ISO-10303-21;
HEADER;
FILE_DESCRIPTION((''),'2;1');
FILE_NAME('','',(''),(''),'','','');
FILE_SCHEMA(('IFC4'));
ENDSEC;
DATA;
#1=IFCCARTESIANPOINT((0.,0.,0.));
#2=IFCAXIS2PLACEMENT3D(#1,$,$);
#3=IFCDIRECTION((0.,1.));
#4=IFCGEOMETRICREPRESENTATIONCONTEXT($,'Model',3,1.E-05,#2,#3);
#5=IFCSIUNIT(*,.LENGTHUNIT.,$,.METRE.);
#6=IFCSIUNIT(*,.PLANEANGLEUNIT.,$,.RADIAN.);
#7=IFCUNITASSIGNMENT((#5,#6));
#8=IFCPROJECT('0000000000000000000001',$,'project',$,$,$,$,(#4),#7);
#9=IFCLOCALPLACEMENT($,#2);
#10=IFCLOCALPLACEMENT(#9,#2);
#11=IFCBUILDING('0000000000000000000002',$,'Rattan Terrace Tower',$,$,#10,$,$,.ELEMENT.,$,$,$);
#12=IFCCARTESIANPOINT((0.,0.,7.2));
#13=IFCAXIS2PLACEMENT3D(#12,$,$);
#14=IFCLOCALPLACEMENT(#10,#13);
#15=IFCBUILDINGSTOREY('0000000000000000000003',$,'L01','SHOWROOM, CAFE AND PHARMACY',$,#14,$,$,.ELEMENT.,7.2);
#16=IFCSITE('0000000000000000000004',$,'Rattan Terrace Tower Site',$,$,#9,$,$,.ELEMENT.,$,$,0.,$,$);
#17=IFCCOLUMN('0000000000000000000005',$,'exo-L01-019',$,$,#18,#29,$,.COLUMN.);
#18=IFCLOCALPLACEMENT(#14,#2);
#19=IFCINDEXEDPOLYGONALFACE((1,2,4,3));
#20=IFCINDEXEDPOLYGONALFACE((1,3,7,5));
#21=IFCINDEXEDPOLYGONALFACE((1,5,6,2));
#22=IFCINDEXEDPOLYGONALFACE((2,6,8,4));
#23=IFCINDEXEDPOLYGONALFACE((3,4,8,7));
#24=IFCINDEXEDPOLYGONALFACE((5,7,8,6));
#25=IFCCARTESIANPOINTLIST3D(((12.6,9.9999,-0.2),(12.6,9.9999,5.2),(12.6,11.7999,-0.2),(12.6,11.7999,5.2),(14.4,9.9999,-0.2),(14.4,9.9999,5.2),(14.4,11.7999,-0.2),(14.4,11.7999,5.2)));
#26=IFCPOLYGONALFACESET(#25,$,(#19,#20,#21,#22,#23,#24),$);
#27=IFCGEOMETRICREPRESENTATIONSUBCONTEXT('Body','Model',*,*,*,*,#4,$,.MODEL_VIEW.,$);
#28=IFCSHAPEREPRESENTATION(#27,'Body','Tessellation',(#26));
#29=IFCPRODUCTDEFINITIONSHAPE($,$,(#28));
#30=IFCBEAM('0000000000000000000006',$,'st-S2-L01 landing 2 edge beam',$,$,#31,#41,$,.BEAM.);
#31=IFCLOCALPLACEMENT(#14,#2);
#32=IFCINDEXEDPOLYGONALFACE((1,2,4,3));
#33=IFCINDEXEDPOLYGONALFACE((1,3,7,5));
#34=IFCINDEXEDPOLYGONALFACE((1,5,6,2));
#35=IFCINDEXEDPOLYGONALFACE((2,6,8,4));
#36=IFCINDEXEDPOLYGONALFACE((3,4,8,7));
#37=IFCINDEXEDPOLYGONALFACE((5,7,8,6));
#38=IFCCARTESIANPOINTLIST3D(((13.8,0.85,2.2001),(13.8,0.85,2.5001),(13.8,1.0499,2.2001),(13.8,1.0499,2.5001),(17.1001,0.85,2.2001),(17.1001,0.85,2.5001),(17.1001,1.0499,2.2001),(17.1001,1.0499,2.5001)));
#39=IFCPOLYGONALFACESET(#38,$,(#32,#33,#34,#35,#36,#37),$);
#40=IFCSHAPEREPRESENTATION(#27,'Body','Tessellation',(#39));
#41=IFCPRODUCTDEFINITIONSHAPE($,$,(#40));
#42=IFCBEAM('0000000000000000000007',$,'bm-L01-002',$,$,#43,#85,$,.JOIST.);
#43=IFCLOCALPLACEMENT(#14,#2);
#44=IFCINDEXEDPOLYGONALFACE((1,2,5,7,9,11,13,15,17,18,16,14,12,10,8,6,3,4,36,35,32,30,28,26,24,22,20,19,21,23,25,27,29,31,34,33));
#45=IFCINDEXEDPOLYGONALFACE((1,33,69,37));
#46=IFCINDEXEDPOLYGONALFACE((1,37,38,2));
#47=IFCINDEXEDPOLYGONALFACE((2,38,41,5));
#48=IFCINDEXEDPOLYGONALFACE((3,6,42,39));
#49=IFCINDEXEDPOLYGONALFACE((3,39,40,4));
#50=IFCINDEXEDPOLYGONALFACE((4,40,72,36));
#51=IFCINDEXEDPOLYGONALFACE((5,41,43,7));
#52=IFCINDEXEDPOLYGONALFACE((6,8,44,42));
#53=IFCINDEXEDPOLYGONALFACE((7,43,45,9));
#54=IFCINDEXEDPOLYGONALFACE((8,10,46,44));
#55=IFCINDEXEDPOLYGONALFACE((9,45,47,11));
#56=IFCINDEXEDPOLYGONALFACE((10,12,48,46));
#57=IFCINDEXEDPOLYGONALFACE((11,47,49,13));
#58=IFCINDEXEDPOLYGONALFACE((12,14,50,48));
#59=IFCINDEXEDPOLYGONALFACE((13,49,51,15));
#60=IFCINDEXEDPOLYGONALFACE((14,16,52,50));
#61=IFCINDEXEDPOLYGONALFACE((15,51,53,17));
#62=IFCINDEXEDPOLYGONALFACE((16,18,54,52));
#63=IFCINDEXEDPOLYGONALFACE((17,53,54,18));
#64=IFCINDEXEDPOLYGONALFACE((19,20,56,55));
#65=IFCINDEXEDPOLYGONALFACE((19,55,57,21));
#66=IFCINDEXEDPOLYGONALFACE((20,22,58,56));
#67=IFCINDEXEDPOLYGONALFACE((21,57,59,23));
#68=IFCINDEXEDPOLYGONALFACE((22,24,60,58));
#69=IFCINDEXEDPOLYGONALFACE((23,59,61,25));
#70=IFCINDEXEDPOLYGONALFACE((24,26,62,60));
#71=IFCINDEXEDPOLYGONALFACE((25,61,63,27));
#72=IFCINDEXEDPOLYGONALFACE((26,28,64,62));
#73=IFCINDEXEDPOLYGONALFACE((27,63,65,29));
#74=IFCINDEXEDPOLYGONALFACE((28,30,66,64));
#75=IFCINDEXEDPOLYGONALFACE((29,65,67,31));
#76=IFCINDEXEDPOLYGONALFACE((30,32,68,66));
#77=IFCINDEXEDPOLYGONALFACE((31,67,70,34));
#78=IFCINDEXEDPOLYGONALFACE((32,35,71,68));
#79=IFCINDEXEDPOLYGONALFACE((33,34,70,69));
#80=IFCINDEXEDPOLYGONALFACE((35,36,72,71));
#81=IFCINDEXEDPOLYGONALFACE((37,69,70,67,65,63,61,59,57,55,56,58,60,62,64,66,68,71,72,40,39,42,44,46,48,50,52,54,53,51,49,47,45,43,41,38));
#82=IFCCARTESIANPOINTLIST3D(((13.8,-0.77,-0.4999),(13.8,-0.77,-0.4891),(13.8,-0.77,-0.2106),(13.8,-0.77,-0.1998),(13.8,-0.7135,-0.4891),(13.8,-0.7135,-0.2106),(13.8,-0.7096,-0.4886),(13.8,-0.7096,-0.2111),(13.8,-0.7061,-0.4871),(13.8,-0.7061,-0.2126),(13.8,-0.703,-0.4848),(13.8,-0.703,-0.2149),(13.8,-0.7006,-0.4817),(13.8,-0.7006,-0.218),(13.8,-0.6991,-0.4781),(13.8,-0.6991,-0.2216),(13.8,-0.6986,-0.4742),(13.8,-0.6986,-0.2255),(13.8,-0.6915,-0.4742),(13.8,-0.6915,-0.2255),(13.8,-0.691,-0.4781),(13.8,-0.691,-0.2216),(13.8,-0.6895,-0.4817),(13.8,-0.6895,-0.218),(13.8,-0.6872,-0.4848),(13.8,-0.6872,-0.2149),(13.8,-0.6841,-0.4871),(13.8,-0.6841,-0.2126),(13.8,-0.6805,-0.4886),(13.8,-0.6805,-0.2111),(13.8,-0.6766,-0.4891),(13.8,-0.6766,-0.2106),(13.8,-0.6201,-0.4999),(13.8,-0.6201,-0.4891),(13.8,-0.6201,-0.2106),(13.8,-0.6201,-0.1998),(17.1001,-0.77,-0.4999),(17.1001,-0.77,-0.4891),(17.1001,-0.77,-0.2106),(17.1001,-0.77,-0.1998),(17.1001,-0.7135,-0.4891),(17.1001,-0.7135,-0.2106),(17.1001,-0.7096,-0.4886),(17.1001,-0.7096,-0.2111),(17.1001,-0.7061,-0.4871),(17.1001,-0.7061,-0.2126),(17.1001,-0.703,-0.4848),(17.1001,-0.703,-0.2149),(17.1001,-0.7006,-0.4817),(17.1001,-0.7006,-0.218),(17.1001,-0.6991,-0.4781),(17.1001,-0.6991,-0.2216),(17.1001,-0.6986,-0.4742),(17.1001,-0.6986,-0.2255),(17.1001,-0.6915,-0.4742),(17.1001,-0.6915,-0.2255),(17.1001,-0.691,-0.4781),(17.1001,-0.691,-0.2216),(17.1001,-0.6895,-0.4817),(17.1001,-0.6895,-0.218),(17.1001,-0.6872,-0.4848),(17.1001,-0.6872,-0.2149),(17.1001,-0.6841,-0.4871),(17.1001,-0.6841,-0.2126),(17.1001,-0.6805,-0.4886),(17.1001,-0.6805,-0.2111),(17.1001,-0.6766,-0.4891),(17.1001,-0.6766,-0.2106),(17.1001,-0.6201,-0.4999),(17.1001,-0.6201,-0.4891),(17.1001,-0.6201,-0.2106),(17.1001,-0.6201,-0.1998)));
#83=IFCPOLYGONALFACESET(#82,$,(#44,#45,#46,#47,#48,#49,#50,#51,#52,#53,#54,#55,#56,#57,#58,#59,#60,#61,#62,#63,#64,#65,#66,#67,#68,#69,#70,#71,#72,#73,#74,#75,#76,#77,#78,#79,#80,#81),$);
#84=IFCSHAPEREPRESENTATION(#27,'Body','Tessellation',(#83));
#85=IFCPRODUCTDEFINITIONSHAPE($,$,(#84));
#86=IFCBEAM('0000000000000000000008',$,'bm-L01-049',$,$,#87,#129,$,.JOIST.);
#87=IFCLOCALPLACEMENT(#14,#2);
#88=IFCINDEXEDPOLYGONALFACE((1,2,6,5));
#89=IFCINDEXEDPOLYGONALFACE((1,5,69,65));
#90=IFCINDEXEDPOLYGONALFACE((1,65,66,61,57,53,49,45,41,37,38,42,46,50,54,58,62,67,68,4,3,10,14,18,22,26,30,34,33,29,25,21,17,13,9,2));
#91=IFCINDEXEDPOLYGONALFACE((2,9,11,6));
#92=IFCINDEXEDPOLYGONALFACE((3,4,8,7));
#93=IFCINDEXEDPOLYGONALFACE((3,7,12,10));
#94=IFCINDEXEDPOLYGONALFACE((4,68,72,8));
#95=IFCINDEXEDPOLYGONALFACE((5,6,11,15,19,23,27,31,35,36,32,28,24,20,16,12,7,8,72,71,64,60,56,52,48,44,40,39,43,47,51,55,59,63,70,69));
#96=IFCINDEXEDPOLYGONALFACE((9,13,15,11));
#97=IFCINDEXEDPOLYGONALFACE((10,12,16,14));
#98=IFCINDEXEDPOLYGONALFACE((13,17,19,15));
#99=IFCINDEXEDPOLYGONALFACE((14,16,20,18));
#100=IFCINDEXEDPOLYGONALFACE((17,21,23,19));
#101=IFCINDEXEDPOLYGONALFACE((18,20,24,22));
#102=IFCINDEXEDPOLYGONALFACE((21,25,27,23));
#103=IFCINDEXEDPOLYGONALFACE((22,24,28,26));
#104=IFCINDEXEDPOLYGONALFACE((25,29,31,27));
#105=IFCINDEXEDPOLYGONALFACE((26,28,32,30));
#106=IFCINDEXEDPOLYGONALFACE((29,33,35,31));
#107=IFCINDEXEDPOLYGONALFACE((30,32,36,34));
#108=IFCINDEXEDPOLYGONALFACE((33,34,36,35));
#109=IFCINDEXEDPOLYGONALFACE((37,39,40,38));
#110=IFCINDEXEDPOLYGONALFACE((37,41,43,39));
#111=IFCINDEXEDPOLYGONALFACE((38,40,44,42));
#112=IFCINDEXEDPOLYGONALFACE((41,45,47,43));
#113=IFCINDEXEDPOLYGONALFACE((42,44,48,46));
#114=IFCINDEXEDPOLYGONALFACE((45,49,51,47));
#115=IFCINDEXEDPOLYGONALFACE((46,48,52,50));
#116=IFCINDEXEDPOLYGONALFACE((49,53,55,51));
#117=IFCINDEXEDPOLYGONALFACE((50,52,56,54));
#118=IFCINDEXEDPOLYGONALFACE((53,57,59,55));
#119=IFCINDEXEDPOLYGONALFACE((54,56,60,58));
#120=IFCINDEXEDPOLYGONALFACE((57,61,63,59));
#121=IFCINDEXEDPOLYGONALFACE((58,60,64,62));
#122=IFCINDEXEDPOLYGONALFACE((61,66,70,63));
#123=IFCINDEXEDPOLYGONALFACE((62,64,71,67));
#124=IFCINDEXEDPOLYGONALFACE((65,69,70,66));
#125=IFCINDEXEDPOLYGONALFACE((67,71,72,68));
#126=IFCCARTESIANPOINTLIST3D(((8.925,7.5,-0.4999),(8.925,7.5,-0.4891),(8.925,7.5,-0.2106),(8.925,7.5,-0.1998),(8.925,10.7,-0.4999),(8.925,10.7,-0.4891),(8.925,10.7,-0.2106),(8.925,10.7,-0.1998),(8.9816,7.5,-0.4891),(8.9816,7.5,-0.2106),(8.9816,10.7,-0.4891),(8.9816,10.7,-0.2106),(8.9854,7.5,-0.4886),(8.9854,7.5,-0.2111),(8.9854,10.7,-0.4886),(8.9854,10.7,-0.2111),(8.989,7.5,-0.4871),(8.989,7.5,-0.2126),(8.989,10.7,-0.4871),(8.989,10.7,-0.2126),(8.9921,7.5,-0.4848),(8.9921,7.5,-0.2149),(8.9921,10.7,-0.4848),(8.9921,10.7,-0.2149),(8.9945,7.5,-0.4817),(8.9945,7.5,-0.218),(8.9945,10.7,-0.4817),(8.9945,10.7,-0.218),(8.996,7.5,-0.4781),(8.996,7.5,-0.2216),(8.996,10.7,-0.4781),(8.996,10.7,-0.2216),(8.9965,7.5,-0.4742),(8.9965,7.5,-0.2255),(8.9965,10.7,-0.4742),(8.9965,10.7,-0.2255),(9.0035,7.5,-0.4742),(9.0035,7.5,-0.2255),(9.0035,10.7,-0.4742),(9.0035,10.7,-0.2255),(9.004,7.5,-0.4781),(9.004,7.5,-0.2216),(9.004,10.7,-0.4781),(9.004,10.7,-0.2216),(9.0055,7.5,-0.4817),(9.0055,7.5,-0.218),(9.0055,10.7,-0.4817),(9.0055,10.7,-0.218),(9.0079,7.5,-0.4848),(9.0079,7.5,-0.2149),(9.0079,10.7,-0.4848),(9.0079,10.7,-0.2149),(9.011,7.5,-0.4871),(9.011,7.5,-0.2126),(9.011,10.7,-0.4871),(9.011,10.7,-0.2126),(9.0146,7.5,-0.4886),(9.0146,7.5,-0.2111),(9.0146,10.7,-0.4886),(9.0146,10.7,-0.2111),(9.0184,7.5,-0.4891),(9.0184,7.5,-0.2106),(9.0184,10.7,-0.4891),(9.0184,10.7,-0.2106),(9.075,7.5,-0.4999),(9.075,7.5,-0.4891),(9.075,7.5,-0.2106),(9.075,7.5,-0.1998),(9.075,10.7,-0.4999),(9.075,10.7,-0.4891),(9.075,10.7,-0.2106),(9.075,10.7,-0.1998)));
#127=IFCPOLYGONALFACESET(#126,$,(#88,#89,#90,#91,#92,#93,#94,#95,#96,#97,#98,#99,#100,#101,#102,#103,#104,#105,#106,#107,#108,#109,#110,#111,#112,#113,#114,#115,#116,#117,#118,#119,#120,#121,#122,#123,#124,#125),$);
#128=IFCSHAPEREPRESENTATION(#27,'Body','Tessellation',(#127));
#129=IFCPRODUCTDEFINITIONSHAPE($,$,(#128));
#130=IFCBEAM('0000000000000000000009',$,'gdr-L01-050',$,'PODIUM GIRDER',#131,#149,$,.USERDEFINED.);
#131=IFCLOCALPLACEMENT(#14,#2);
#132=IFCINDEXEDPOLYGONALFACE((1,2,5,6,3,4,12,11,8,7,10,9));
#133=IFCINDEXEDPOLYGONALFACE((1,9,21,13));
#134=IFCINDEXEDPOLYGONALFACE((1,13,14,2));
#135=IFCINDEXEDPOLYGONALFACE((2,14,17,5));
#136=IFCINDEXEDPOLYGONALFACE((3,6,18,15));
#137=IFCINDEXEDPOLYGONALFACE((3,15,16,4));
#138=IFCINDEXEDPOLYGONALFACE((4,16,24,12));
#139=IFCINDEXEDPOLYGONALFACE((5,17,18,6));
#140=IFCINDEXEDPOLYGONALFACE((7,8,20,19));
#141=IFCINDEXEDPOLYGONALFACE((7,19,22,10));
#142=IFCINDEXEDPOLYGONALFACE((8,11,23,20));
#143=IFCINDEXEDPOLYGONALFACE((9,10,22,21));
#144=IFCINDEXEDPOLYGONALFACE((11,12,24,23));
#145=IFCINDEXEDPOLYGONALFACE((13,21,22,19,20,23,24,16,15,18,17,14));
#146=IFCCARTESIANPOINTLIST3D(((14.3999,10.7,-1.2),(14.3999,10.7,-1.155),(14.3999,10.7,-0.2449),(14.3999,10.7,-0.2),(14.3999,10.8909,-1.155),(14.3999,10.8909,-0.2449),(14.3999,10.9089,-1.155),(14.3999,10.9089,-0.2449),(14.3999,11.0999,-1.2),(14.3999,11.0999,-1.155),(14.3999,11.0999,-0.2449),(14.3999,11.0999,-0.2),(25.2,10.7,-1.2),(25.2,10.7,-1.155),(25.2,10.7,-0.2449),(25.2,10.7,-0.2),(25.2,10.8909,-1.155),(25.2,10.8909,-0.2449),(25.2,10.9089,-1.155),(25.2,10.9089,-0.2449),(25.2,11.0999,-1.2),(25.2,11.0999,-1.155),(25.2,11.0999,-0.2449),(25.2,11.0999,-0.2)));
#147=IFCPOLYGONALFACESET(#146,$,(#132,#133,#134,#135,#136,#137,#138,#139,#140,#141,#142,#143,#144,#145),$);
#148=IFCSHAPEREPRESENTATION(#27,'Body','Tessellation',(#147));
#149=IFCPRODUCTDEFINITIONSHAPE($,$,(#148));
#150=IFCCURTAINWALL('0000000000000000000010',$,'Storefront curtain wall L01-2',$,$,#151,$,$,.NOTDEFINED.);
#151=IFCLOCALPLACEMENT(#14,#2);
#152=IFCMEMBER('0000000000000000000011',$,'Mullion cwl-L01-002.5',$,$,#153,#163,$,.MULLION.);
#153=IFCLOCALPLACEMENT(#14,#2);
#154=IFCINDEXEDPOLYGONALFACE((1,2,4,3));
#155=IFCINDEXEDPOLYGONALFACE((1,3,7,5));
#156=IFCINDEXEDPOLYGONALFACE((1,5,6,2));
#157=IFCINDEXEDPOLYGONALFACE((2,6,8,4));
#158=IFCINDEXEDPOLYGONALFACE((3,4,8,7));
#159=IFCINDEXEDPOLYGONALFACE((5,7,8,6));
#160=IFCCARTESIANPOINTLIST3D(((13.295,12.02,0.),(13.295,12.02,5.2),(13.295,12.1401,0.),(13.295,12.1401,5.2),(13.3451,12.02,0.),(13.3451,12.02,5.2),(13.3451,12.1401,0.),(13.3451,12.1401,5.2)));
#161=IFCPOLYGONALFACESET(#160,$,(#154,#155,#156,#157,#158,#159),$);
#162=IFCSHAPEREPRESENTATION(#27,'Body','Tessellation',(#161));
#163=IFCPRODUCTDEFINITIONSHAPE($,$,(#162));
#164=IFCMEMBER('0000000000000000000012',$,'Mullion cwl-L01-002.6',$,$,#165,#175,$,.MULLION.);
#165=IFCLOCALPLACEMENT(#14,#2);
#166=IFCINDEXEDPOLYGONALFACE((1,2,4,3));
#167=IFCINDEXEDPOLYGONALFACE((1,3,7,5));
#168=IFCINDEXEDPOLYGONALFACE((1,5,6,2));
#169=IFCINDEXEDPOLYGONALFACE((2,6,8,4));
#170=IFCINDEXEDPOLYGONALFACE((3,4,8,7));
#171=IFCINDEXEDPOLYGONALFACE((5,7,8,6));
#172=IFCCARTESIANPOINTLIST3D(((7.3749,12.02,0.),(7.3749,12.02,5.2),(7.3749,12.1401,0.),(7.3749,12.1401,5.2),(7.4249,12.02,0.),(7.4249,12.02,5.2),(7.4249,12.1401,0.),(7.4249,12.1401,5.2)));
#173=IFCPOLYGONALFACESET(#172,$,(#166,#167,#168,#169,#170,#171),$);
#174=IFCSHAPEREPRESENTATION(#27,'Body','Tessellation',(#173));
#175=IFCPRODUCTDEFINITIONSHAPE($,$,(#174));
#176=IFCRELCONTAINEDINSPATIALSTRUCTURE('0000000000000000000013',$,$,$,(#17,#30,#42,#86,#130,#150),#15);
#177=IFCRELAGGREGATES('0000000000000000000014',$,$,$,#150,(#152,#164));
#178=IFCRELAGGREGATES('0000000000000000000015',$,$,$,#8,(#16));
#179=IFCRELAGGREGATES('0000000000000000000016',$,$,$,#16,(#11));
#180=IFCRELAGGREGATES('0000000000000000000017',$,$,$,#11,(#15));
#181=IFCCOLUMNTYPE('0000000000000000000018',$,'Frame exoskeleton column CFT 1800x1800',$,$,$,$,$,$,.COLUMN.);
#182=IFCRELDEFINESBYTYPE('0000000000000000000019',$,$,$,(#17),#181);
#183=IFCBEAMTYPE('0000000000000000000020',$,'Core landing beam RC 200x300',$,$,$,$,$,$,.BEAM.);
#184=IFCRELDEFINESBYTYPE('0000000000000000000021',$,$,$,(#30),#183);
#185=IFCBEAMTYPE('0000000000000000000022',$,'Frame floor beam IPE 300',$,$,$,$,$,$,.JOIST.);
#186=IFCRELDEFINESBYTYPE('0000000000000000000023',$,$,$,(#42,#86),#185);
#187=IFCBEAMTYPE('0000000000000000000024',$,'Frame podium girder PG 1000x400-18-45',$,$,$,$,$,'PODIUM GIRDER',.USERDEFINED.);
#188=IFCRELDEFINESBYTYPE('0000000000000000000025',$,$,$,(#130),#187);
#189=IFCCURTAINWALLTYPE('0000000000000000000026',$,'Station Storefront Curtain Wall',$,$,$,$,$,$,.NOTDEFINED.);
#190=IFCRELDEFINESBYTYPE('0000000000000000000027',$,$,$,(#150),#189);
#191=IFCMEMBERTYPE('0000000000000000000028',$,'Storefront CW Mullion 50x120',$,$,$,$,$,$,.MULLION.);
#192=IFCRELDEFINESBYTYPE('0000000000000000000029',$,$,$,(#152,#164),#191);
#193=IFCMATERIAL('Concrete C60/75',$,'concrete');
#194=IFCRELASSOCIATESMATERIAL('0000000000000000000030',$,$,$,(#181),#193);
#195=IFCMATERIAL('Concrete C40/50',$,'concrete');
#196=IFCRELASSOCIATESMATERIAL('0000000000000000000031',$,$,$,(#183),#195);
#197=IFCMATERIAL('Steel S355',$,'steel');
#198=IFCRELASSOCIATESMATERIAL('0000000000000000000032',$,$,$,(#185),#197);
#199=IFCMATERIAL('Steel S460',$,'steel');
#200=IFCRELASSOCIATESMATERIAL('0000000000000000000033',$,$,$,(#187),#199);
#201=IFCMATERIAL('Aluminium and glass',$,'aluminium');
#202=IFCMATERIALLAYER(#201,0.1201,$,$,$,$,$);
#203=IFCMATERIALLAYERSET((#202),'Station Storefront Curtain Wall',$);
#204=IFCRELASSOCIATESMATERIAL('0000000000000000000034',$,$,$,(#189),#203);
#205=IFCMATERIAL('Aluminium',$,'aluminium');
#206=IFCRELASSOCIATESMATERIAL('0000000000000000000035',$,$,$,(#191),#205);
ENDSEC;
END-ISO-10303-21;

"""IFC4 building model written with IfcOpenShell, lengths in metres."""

from ifc_helpers import new_model, si_unit, direction, frame, origin, origin_2d, place, context, subcontext, project, spatial, rectangle, i_section, extrude, material, layer, layer_set, material_profile, profile_set, type_object, element, aggregate, save


model = new_model("IFC4")

# Units and contexts
model_context = context("Model", 3, precision=1e-05, world=origin(), true_north=direction((0.0, 1.0)))
body_context = subcontext(model_context, "Body", "Model", "MODEL_VIEW")
ifc_project = project(units=[si_unit("LENGTHUNIT", "METRE"), si_unit("PLANEANGLEUNIT", "RADIAN")], contexts=[model_context])

# Site, building, storey
site_placement = place(None, origin())
site = spatial("IfcSite", under=ifc_project, at=site_placement, Name="Rattan Terrace Tower Site", CompositionType="ELEMENT", RefElevation=0.0)
building_placement = place(site_placement, origin())
building = spatial("IfcBuilding", under=site, at=building_placement, Name="Rattan Terrace Tower", CompositionType="ELEMENT")
storey_placement = place(building_placement, frame((0.0, 0.0, 7.2)))
storey = spatial("IfcBuildingStorey", under=building, at=storey_placement, Name="L01", Description="SHOWROOM, CAFE AND PHARMACY", CompositionType="ELEMENT", Elevation=7.2)

# Column
ifc_material_1 = material(Name="Concrete C60/75", Category="concrete")
ifc_material_profile_1 = material_profile(ifc_material_1, rectangle(XDim=1.8, YDim=1.8, at=origin_2d()), Name="CFT 1800x1800")
ifc_profile_set_1 = profile_set([ifc_material_profile_1], Name="Concrete C60/75")
column_type = type_object("IfcColumnType", Name="Frame exoskeleton column CFT 1800x1800", PredefinedType="COLUMN", material=ifc_profile_set_1)
column_placement = place(storey_placement, frame((13.5, 10.8999, -0.2), z_axis=(0.0, 0.0, 1.0), x_axis=(1.0, 0.0, 0.0)))
element("IfcColumn", 1, at=column_placement, inside=storey, type_object=column_type, Name="exo-L01-019", PredefinedType="COLUMN", context=body_context, shape_type="SweptSolid", body=[
    extrude(rectangle(XDim=1.8, YDim=1.8, at=origin_2d()), origin(), (0.0, 0.0, 1.0), 5.3999),
])

# Beams
ifc_material_2 = material(Name="Concrete C40/50", Category="concrete")
ifc_material_profile_2 = material_profile(ifc_material_2, rectangle(XDim=0.2, YDim=0.3, at=origin_2d()), Name="RC 200x300")
ifc_profile_set_2 = profile_set([ifc_material_profile_2], Name="Concrete C40/50")
beam_type_1 = type_object("IfcBeamType", Name="Core landing beam RC 200x300", PredefinedType="BEAM", material=ifc_profile_set_2)
beam_1_placement = place(storey_placement, frame((13.8, 0.95, 2.3501), z_axis=(1.0, 0.0, 0.0), x_axis=(0.0, 1.0, 0.0)))
element("IfcBeam", 2, at=beam_1_placement, inside=storey, type_object=beam_type_1, Name="st-S2-L01 landing 2 edge beam", PredefinedType="BEAM", context=body_context, shape_type="SweptSolid", body=[
    extrude(rectangle(XDim=0.2, YDim=0.3, at=origin_2d()), origin(), (0.0, 0.0, 1.0), 3.3),
])
ifc_material_3 = material(Name="Steel S355", Category="steel")
ifc_material_profile_3 = material_profile(ifc_material_3, i_section(OverallWidth=0.1499, OverallDepth=0.3, WebThickness=0.0071, FlangeThickness=0.0107, FilletRadius=0.0149, at=origin_2d()), Name="IPE 300")
ifc_profile_set_3 = profile_set([ifc_material_profile_3], Name="Steel S355")
beam_type_2 = type_object("IfcBeamType", Name="Frame floor beam IPE 300", PredefinedType="JOIST", material=ifc_profile_set_3)
beam_2_placement = place(storey_placement, frame((13.8, -0.6951, -0.3499), z_axis=(1.0, 0.0, 0.0), x_axis=(0.0, 1.0, 0.0)))
element("IfcBeam", 3, at=beam_2_placement, inside=storey, type_object=beam_type_2, Name="bm-L01-002", PredefinedType="JOIST", context=body_context, shape_type="SweptSolid", body=[
    extrude(i_section(OverallWidth=0.1499, OverallDepth=0.3, WebThickness=0.0071, FlangeThickness=0.0107, FilletRadius=0.0149, at=origin_2d()), origin(), (0.0, 0.0, 1.0), 3.3),
])
beam_3_placement = place(storey_placement, frame((9.0, 7.5, -0.3499), z_axis=(0.0, 1.0, 0.0), x_axis=(-1.0, 0.0, 0.0)))
element("IfcBeam", 4, at=beam_3_placement, inside=storey, type_object=beam_type_2, Name="bm-L01-049", PredefinedType="JOIST", context=body_context, shape_type="SweptSolid", body=[
    extrude(i_section(OverallWidth=0.1499, OverallDepth=0.3, WebThickness=0.0071, FlangeThickness=0.0107, FilletRadius=0.0149, at=origin_2d()), origin(), (0.0, 0.0, 1.0), 3.2),
])
ifc_material_4 = material(Name="Steel S460", Category="steel")
ifc_material_profile_4 = material_profile(ifc_material_4, i_section(OverallWidth=0.3999, OverallDepth=1.0, WebThickness=0.0181, FlangeThickness=0.0449, at=origin_2d()), Name="PG 1000x400-18-45")
ifc_profile_set_4 = profile_set([ifc_material_profile_4], Name="Steel S460")
beam_type_3 = type_object("IfcBeamType", Name="Frame podium girder PG 1000x400-18-45", ElementType="PODIUM GIRDER", PredefinedType="USERDEFINED", material=ifc_profile_set_4)
beam_4_placement = place(storey_placement, frame((14.3999, 10.8999, -0.7), z_axis=(1.0, 0.0, 0.0), x_axis=(0.0, 1.0, 0.0)))
element("IfcBeam", 5, at=beam_4_placement, inside=storey, type_object=beam_type_3, Name="gdr-L01-050", ObjectType="PODIUM GIRDER", PredefinedType="USERDEFINED", context=body_context, shape_type="SweptSolid", body=[
    extrude(i_section(OverallWidth=0.3999, OverallDepth=1.0, WebThickness=0.0181, FlangeThickness=0.0449, at=origin_2d()), origin(), (0.0, 0.0, 1.0), 10.8),
])

# Curtain wall, members
ifc_material_5 = material(Name="Aluminium and glass", Category="aluminium")
ifc_layer_1 = layer(ifc_material_5, 0.1201)
ifc_layer_set_1 = layer_set([ifc_layer_1], Name="Station Storefront Curtain Wall")
curtain_wall_type = type_object("IfcCurtainWallType", Name="Station Storefront Curtain Wall", PredefinedType="NOTDEFINED", material=ifc_layer_set_1)
curtain_wall_placement = place(storey_placement, origin())
curtain_wall = element("IfcCurtainWall", 6, at=curtain_wall_placement, inside=storey, type_object=curtain_wall_type, Name="Storefront curtain wall L01-2", PredefinedType="NOTDEFINED")
ifc_material_6 = material(Name="Aluminium", Category="aluminium")
ifc_material_profile_5 = material_profile(ifc_material_6, rectangle(XDim=0.05, YDim=0.1201, at=origin_2d()), Name="Aluminium 50x120")
ifc_profile_set_5 = profile_set([ifc_material_profile_5], Name="Aluminium")
member_type_1 = type_object("IfcMemberType", Name="Storefront CW Mullion 50x120", PredefinedType="MULLION", material=ifc_profile_set_5)
member_1_placement = place(storey_placement, frame((13.3201, 12.0801, 0.0), z_axis=(0.0, 0.0, 1.0), x_axis=(-1.0, 0.0, 0.0)))
member_1 = element("IfcMember", 7, at=member_1_placement, type_object=member_type_1, Name="Mullion cwl-L01-002.5", PredefinedType="MULLION", context=body_context, shape_type="SweptSolid", body=[
    extrude(rectangle(XDim=0.05, YDim=0.1201, at=origin_2d()), origin(), (0.0, 0.0, 1.0), 5.2),
])
member_2_placement = place(storey_placement, frame((7.3999, 12.0801, 0.0), z_axis=(0.0, 0.0, 1.0), x_axis=(-1.0, 0.0, 0.0)))
member_2 = element("IfcMember", 8, at=member_2_placement, type_object=member_type_1, Name="Mullion cwl-L01-002.6", PredefinedType="MULLION", context=body_context, shape_type="SweptSolid", body=[
    extrude(rectangle(XDim=0.05, YDim=0.1201, at=origin_2d()), origin(), (0.0, 0.0, 1.0), 5.2),
])
aggregate(curtain_wall, [member_1, member_2])

save(model, "model.ifc")
